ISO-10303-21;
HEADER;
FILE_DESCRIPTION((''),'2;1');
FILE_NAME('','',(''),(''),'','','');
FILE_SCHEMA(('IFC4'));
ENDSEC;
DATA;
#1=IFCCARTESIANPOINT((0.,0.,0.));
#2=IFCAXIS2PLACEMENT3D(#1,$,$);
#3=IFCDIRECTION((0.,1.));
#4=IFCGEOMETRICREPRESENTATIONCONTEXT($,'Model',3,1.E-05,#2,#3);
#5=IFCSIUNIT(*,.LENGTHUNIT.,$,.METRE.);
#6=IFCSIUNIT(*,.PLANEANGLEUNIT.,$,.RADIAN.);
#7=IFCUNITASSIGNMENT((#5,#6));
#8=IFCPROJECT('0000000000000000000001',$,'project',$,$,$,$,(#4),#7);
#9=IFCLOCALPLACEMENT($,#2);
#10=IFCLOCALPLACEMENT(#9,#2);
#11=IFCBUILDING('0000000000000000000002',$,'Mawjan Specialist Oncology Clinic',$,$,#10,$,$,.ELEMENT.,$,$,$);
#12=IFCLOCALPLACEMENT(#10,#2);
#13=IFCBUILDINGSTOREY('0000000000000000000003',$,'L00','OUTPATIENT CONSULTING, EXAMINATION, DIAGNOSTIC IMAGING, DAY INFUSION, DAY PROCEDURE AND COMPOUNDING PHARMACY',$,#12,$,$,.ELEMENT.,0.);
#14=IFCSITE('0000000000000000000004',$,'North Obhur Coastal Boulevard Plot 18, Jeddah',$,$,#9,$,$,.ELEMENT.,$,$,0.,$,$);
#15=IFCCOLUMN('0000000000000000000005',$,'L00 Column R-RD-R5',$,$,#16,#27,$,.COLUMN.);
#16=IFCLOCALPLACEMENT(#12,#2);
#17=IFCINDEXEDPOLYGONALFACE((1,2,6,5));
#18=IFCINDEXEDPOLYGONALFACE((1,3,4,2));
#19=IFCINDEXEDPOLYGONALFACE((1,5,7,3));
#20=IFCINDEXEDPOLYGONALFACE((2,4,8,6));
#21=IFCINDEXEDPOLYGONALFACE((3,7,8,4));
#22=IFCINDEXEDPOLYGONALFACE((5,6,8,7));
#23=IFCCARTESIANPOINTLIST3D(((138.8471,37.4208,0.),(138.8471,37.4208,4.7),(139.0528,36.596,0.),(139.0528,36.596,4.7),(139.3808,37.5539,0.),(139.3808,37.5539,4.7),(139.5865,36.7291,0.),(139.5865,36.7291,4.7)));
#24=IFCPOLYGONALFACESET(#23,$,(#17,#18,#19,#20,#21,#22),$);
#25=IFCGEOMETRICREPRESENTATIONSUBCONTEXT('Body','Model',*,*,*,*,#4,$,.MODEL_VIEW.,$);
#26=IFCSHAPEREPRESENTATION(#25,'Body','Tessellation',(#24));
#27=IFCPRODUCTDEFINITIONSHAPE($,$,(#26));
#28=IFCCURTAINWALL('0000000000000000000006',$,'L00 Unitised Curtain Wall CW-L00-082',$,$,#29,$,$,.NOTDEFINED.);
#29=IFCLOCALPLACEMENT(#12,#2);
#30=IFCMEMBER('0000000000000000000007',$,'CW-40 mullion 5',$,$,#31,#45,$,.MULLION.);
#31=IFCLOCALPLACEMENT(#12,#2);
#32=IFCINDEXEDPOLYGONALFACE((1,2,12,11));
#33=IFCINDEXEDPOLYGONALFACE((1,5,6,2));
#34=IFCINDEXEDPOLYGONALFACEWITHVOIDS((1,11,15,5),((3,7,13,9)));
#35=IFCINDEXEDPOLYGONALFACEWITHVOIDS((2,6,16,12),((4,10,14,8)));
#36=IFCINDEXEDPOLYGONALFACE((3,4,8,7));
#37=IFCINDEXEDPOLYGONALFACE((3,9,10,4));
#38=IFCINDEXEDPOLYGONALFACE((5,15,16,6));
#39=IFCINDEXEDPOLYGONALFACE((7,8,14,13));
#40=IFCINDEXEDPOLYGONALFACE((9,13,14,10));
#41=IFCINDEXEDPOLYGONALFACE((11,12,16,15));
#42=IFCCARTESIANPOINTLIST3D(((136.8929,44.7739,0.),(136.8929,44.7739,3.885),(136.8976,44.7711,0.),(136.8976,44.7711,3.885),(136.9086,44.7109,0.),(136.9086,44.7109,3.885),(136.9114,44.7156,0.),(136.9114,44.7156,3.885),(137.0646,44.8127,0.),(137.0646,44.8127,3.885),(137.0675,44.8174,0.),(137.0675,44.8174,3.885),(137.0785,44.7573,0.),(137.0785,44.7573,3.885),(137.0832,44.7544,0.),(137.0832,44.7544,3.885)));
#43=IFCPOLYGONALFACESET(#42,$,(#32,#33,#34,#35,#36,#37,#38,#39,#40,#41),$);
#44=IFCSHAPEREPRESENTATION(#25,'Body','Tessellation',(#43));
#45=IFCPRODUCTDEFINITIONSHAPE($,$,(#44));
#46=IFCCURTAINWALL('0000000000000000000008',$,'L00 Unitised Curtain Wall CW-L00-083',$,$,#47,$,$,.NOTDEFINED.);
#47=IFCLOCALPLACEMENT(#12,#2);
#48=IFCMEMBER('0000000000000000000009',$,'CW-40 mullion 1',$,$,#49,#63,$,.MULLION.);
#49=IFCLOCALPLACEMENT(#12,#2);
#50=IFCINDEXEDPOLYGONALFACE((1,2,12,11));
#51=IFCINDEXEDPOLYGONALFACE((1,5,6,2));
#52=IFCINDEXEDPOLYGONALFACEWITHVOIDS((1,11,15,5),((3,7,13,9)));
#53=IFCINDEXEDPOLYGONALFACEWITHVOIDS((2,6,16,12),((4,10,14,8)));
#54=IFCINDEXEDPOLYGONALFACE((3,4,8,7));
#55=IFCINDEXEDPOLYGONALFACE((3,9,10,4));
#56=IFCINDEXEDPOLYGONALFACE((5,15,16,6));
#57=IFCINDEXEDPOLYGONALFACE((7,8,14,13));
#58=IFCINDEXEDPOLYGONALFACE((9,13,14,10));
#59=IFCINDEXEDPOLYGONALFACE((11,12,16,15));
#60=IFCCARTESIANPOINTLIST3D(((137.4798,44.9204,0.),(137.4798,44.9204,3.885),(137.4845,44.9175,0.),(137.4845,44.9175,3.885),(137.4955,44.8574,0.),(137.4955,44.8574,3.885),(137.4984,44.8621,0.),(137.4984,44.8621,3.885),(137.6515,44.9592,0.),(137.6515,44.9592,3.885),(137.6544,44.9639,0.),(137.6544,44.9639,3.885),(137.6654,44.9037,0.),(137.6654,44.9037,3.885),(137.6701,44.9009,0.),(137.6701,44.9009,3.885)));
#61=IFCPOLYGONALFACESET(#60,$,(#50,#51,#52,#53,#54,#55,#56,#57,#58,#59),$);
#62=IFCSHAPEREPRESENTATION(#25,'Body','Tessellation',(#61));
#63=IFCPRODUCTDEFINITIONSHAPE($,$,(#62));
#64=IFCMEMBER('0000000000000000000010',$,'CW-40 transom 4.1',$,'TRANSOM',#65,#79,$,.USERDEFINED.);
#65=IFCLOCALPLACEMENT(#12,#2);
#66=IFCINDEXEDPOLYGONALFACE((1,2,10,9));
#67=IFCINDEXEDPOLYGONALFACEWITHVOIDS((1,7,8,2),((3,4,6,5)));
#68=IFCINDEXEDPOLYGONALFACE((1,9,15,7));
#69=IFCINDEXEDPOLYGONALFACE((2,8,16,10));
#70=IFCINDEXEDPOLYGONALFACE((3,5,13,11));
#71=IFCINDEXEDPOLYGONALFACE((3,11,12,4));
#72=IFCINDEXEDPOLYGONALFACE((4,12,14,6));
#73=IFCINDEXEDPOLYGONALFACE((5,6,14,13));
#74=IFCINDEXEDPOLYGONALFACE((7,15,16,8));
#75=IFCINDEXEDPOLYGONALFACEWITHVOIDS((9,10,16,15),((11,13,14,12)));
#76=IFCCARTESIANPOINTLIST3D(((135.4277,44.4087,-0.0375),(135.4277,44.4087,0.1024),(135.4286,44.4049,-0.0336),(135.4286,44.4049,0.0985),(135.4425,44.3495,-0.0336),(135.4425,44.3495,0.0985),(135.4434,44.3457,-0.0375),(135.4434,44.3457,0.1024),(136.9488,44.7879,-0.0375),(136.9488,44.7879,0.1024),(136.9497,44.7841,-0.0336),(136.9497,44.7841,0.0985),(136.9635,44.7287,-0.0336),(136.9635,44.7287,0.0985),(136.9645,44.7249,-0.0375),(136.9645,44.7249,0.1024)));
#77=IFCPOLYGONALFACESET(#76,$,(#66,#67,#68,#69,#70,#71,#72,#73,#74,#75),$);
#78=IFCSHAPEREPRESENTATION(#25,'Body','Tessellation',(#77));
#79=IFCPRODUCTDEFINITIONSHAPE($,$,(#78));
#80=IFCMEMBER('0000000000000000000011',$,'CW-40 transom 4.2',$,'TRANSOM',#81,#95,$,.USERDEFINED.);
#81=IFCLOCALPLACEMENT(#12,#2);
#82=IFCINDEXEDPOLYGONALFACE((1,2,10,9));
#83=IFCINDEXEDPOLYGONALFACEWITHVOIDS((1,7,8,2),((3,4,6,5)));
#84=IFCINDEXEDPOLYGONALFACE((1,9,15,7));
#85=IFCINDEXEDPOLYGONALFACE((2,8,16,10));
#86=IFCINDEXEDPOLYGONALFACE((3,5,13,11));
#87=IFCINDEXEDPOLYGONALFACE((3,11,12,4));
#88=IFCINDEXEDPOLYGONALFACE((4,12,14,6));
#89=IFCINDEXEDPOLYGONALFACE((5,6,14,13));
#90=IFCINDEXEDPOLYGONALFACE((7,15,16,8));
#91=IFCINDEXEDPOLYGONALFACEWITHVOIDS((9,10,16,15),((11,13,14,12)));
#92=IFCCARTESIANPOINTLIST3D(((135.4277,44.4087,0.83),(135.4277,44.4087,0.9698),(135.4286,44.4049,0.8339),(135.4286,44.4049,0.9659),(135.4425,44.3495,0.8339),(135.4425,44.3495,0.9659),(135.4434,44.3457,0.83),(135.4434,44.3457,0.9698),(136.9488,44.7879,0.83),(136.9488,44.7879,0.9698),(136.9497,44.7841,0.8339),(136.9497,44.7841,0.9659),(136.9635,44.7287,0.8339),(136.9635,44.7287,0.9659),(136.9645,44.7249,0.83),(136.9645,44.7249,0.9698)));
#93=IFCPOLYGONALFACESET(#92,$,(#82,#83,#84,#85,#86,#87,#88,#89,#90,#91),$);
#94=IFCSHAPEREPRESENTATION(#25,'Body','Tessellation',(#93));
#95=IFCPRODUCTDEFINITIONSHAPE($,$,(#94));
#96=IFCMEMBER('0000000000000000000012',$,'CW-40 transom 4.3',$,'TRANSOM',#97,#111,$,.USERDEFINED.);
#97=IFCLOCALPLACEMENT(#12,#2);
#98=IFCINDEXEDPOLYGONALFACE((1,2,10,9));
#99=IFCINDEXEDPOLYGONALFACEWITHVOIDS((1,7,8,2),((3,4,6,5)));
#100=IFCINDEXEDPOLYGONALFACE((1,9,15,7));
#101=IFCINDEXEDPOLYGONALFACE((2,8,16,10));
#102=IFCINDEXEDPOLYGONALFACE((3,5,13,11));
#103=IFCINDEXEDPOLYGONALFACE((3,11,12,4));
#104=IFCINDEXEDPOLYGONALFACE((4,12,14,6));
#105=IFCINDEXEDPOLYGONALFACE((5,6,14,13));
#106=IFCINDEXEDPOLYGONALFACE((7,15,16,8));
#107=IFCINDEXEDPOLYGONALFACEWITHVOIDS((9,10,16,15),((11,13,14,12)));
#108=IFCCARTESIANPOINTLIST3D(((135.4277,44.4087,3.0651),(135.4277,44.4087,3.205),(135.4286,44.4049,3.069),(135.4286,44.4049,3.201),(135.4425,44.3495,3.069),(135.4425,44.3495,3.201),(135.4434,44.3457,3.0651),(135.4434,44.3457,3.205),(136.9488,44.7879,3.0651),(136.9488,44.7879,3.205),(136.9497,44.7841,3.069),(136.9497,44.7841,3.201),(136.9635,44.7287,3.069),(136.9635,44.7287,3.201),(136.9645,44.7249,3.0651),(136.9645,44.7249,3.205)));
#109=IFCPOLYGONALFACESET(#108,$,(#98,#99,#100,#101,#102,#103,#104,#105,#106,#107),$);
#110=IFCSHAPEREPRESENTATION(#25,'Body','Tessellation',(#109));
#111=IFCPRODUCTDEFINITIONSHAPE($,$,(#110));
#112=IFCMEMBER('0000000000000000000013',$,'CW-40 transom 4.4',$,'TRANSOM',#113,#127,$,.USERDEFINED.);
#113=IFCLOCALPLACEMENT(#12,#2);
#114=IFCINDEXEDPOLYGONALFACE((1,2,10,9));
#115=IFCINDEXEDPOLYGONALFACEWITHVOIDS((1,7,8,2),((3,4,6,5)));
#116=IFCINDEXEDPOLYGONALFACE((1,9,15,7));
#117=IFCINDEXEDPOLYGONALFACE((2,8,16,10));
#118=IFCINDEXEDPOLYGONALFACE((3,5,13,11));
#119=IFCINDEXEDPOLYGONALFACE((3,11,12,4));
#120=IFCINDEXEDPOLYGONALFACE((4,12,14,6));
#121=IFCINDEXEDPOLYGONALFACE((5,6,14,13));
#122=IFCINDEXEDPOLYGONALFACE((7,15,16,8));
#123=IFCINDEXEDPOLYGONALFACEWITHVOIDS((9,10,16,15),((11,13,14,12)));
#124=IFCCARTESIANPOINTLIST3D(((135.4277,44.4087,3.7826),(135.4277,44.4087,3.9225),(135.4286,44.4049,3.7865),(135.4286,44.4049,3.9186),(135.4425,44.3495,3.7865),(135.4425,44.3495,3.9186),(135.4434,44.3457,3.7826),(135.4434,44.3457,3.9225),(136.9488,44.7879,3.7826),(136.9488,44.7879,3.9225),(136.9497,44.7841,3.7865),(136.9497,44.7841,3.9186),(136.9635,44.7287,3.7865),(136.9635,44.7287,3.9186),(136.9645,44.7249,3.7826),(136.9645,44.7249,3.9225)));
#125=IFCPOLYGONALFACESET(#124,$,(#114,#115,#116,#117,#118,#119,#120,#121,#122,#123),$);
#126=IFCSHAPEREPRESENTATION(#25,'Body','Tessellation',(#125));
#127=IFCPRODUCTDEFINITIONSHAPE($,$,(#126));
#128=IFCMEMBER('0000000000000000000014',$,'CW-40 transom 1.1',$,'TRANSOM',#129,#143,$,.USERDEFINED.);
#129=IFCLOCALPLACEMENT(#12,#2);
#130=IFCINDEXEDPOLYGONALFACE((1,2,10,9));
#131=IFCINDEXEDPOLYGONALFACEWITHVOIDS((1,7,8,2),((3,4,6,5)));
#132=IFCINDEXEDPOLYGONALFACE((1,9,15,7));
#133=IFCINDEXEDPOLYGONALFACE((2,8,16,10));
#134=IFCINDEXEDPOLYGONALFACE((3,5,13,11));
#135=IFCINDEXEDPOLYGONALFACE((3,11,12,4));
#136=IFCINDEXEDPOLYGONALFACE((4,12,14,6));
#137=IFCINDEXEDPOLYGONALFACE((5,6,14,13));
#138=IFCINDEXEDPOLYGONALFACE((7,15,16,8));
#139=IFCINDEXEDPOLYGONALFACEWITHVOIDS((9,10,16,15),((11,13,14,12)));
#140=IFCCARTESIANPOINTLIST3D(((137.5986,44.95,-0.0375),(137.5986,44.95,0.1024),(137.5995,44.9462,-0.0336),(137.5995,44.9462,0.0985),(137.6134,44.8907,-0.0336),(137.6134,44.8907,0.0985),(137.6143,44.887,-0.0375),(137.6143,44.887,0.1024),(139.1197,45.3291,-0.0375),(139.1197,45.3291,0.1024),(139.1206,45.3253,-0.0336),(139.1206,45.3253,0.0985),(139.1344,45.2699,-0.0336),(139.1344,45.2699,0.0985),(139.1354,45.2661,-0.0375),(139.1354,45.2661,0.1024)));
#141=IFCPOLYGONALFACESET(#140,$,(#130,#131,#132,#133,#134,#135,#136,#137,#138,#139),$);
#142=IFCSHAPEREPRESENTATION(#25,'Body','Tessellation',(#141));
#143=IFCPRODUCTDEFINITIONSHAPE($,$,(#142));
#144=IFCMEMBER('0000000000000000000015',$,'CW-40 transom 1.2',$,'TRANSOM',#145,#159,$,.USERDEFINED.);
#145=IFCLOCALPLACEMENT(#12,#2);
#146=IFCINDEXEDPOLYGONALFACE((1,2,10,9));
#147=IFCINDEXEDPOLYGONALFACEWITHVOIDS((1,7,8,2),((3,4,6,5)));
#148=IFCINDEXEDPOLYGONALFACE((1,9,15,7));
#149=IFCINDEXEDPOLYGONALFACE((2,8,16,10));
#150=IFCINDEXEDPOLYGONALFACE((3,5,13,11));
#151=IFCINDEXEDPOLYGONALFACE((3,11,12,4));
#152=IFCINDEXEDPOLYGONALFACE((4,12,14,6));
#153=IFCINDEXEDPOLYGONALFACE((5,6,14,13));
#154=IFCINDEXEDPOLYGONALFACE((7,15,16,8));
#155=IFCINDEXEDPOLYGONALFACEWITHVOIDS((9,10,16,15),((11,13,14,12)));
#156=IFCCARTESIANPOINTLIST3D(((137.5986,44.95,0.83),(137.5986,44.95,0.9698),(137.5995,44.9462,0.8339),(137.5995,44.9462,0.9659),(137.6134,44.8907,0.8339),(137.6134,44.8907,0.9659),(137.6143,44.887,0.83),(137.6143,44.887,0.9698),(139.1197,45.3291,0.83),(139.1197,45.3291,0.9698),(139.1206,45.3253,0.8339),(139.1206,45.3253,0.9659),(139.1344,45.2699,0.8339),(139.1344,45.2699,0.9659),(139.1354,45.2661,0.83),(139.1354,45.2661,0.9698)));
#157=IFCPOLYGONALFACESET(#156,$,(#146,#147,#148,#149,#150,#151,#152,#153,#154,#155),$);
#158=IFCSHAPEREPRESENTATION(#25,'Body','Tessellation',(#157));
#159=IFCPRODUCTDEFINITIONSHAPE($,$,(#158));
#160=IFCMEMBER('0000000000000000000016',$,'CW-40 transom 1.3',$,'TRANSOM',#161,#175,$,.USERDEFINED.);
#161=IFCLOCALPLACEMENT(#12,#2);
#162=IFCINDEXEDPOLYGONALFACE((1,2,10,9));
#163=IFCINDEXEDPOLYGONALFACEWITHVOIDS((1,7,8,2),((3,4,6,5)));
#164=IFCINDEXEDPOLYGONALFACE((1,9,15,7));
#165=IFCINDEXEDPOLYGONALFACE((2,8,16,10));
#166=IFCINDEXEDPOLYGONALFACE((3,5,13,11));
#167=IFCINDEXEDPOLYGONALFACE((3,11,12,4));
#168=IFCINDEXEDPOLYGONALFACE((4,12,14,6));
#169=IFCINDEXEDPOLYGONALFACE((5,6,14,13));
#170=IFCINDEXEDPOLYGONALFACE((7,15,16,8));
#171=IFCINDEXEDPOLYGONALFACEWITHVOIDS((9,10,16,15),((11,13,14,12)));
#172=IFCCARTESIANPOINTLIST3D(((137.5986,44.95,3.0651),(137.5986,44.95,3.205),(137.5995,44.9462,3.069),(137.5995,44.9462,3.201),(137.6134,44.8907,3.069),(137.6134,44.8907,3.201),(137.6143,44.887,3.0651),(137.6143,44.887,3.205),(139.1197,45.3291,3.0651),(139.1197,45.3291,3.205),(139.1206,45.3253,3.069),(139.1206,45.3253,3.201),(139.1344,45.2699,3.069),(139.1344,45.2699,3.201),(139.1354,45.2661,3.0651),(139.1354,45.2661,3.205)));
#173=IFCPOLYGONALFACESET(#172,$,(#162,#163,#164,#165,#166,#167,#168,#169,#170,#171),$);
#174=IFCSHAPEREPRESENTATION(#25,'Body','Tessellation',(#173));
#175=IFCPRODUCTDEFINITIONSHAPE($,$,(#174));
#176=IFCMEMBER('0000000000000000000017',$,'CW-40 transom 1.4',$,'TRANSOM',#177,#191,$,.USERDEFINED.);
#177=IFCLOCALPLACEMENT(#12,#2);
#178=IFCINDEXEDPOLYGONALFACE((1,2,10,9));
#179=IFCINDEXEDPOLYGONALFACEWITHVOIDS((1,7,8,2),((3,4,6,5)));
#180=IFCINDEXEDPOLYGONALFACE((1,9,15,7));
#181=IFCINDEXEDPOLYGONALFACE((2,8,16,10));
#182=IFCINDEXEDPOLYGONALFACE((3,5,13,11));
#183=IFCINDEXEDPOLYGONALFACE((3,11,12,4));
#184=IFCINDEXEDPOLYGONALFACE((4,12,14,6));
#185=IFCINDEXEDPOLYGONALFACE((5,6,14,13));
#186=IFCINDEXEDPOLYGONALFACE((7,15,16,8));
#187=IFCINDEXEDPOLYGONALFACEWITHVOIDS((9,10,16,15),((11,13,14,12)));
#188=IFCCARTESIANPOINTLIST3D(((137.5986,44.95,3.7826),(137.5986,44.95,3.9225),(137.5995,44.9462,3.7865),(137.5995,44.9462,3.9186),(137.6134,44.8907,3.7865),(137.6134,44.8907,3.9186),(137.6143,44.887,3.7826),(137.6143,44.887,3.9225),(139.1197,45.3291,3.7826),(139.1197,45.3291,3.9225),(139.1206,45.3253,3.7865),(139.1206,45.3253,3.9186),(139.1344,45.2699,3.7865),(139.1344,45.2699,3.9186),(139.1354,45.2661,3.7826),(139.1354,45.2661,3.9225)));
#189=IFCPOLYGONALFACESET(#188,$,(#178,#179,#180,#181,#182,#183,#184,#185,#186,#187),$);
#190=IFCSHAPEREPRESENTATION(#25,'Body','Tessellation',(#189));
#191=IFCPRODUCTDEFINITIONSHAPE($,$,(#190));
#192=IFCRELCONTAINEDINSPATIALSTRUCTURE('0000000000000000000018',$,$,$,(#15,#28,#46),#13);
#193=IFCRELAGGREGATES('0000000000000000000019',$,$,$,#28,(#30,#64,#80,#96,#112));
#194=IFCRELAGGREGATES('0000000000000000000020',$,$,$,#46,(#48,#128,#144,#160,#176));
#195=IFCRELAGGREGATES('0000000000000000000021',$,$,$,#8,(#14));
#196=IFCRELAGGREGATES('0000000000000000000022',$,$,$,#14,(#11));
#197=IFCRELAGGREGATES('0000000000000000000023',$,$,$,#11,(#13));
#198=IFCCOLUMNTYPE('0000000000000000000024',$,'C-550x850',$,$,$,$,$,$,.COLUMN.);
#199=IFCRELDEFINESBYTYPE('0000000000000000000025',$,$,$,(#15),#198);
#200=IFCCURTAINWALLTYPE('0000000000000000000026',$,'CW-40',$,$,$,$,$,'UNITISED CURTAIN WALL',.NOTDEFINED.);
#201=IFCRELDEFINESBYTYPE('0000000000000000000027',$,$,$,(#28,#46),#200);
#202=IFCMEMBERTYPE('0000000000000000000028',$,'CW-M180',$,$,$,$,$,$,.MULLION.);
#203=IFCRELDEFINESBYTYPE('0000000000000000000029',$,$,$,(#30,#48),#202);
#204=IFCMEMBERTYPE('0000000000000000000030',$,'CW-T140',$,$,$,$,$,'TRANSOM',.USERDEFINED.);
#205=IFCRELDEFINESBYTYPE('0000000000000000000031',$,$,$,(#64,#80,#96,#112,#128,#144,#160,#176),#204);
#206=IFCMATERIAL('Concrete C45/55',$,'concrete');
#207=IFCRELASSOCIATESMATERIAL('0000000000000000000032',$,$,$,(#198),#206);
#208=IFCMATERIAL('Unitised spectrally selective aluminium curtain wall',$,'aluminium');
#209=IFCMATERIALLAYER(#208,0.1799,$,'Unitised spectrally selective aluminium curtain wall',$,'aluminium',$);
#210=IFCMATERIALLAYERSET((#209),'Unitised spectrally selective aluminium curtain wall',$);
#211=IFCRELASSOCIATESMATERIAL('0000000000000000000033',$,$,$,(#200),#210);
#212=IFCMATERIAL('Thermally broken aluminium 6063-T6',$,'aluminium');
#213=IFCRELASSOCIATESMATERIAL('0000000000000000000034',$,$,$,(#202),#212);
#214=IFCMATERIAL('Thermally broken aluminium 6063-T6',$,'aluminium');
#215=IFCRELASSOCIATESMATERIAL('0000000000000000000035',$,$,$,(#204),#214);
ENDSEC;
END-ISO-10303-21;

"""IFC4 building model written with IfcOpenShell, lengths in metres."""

from ifc_helpers import new_model, si_unit, direction, frame, origin, origin_2d, place, context, subcontext, project, spatial, rectangle, hollow_rectangle, extrude, material, layer, layer_set, material_profile, profile_set, type_object, element, aggregate, save


model = new_model("IFC4")

# Units and contexts
model_context = context("Model", 3, precision=1e-05, world=origin(), true_north=direction((0.0, 1.0)))
body_context = subcontext(model_context, "Body", "Model", "MODEL_VIEW")
ifc_project = project(units=[si_unit("LENGTHUNIT", "METRE"), si_unit("PLANEANGLEUNIT", "RADIAN")], contexts=[model_context])

# Site, building, storey
site_placement = place(None, origin())
site = spatial("IfcSite", under=ifc_project, at=site_placement, Name="North Obhur Coastal Boulevard Plot 18, Jeddah", CompositionType="ELEMENT", RefElevation=0.0)
building_placement = place(site_placement, origin())
building = spatial("IfcBuilding", under=site, at=building_placement, Name="Mawjan Specialist Oncology Clinic", CompositionType="ELEMENT")
storey_placement = place(building_placement, origin())
storey = spatial("IfcBuildingStorey", under=building, at=storey_placement, Name="L00", Description="OUTPATIENT CONSULTING, EXAMINATION, DIAGNOSTIC IMAGING, DAY INFUSION, DAY PROCEDURE AND COMPOUNDING PHARMACY", CompositionType="ELEMENT", Elevation=0.0)

# Column
ifc_material_1 = material(Name="Concrete C45/55", Category="concrete")
ifc_material_profile_1 = material_profile(ifc_material_1, rectangle(XDim=0.55, YDim=0.8501, at=origin_2d()), Name="RC COL 550x850", Category="concrete")
ifc_profile_set_1 = profile_set([ifc_material_profile_1], Name="Concrete C45/55")
column_type_1 = type_object("IfcColumnType", Name="C-550x850", PredefinedType="COLUMN", material=ifc_profile_set_1)
column_1_placement = place(storey_placement, frame((139.2168, 37.075, 0.0), z_axis=(0.0, 0.0, 1.0), x_axis=(0.970296, 0.241922, 0.0)))
element("IfcColumn", 1, at=column_1_placement, inside=storey, type_object=column_type_1, Name="L00 Column R-RD-R5", PredefinedType="COLUMN", context=body_context, shape_type="SweptSolid", body=[
    extrude(rectangle(XDim=0.55, YDim=0.8501, at=origin_2d()), origin(), (0.0, 0.0, 1.0), 4.7),
])

# Curtain walls, members
ifc_material_2 = material(Name="Unitised spectrally selective aluminium curtain wall", Category="aluminium")
ifc_layer_1 = layer(ifc_material_2, 0.1799, Name="Unitised spectrally selective aluminium curtain wall", Category="aluminium")
ifc_layer_set_1 = layer_set([ifc_layer_1], Name="Unitised spectrally selective aluminium curtain wall")
curtain_wall_type = type_object("IfcCurtainWallType", Name="CW-40", ElementType="UNITISED CURTAIN WALL", PredefinedType="NOTDEFINED", material=ifc_layer_set_1)
curtain_wall_1_placement = place(storey_placement, origin())
curtain_wall_1 = element("IfcCurtainWall", 2, at=curtain_wall_1_placement, inside=storey, type_object=curtain_wall_type, Name="L00 Unitised Curtain Wall CW-L00-082", PredefinedType="NOTDEFINED")
ifc_material_3 = material(Name="Thermally broken aluminium 6063-T6", Category="aluminium")
ifc_material_profile_2 = material_profile(ifc_material_3, hollow_rectangle(XDim=0.0649, YDim=0.1799, WallThickness=0.0039, at=origin_2d()), Name="ALU MULLION 180x65x4", Category="aluminium")
ifc_profile_set_2 = profile_set([ifc_material_profile_2], Name="Thermally broken aluminium 6063-T6")
member_type_1 = type_object("IfcMemberType", Name="CW-M180", PredefinedType="MULLION", material=ifc_profile_set_2)
member_1_placement = place(storey_placement, frame((136.988, 44.7642, 0.0), z_axis=(0.0, 0.0, 1.0), x_axis=(-0.241922, 0.970296, 0.0)))
member_1 = element("IfcMember", 3, at=member_1_placement, type_object=member_type_1, Name="CW-40 mullion 5", PredefinedType="MULLION", context=body_context, shape_type="SweptSolid", body=[
    extrude(hollow_rectangle(XDim=0.0649, YDim=0.1799, WallThickness=0.0039, at=origin_2d()), origin(), (0.0, 0.0, 1.0), 3.885),
])
curtain_wall_2_placement = place(storey_placement, origin())
curtain_wall_2 = element("IfcCurtainWall", 4, at=curtain_wall_2_placement, inside=storey, type_object=curtain_wall_type, Name="L00 Unitised Curtain Wall CW-L00-083", PredefinedType="NOTDEFINED")
member_2_placement = place(storey_placement, frame((137.575, 44.9106, 0.0), z_axis=(0.0, 0.0, 1.0), x_axis=(-0.241922, 0.970296, 0.0)))
member_2 = element("IfcMember", 5, at=member_2_placement, type_object=member_type_1, Name="CW-40 mullion 1", PredefinedType="MULLION", context=body_context, shape_type="SweptSolid", body=[
    extrude(hollow_rectangle(XDim=0.0649, YDim=0.1799, WallThickness=0.0039, at=origin_2d()), origin(), (0.0, 0.0, 1.0), 3.885),
])

# Members
ifc_material_4 = material(Name="Thermally broken aluminium 6063-T6", Category="aluminium")
ifc_material_profile_3 = material_profile(ifc_material_4, hollow_rectangle(XDim=0.0649, YDim=0.1399, WallThickness=0.0039, at=origin_2d()), Name="ALU TRANSOM 140x65x4", Category="aluminium")
ifc_profile_set_3 = profile_set([ifc_material_profile_3], Name="Thermally broken aluminium 6063-T6")
member_type_2 = type_object("IfcMemberType", Name="CW-T140", ElementType="TRANSOM", PredefinedType="USERDEFINED", material=ifc_profile_set_3)
member_3_placement = place(storey_placement, frame((135.4355, 44.3772, 0.0325), z_axis=(0.970307, 0.241876, 0.0), x_axis=(-0.241876, 0.970307, 0.0)))
member_3 = element("IfcMember", 6, at=member_3_placement, type_object=member_type_2, Name="CW-40 transom 4.1", ObjectType="TRANSOM", PredefinedType="USERDEFINED", context=body_context, shape_type="SweptSolid", body=[
    extrude(hollow_rectangle(XDim=0.0649, YDim=0.1399, WallThickness=0.0039, at=origin_2d()), origin(), (0.0, 0.0, 1.0), 1.5676),
])
member_4_placement = place(storey_placement, frame((135.4355, 44.3772, 0.8999), z_axis=(0.970307, 0.241876, 0.0), x_axis=(-0.241876, 0.970307, 0.0)))
member_4 = element("IfcMember", 7, at=member_4_placement, type_object=member_type_2, Name="CW-40 transom 4.2", ObjectType="TRANSOM", PredefinedType="USERDEFINED", context=body_context, shape_type="SweptSolid", body=[
    extrude(hollow_rectangle(XDim=0.0649, YDim=0.1399, WallThickness=0.0039, at=origin_2d()), origin(), (0.0, 0.0, 1.0), 1.5676),
])
member_5_placement = place(storey_placement, frame((135.4355, 44.3772, 3.135), z_axis=(0.970307, 0.241876, 0.0), x_axis=(-0.241876, 0.970307, 0.0)))
member_5 = element("IfcMember", 8, at=member_5_placement, type_object=member_type_2, Name="CW-40 transom 4.3", ObjectType="TRANSOM", PredefinedType="USERDEFINED", context=body_context, shape_type="SweptSolid", body=[
    extrude(hollow_rectangle(XDim=0.0649, YDim=0.1399, WallThickness=0.0039, at=origin_2d()), origin(), (0.0, 0.0, 1.0), 1.5676),
])
member_6_placement = place(storey_placement, frame((135.4355, 44.3772, 3.8525), z_axis=(0.970307, 0.241876, 0.0), x_axis=(-0.241876, 0.970307, 0.0)))
member_6 = element("IfcMember", 9, at=member_6_placement, type_object=member_type_2, Name="CW-40 transom 4.4", ObjectType="TRANSOM", PredefinedType="USERDEFINED", context=body_context, shape_type="SweptSolid", body=[
    extrude(hollow_rectangle(XDim=0.0649, YDim=0.1399, WallThickness=0.0039, at=origin_2d()), origin(), (0.0, 0.0, 1.0), 1.5676),
])
member_7_placement = place(storey_placement, frame((137.6064, 44.9185, 0.0325), z_axis=(0.970307, 0.241876, 0.0), x_axis=(-0.241876, 0.970307, 0.0)))
member_7 = element("IfcMember", 10, at=member_7_placement, type_object=member_type_2, Name="CW-40 transom 1.1", ObjectType="TRANSOM", PredefinedType="USERDEFINED", context=body_context, shape_type="SweptSolid", body=[
    extrude(hollow_rectangle(XDim=0.0649, YDim=0.1399, WallThickness=0.0039, at=origin_2d()), origin(), (0.0, 0.0, 1.0), 1.5676),
])
member_8_placement = place(storey_placement, frame((137.6064, 44.9185, 0.8999), z_axis=(0.970307, 0.241876, 0.0), x_axis=(-0.241876, 0.970307, 0.0)))
member_8 = element("IfcMember", 11, at=member_8_placement, type_object=member_type_2, Name="CW-40 transom 1.2", ObjectType="TRANSOM", PredefinedType="USERDEFINED", context=body_context, shape_type="SweptSolid", body=[
    extrude(hollow_rectangle(XDim=0.0649, YDim=0.1399, WallThickness=0.0039, at=origin_2d()), origin(), (0.0, 0.0, 1.0), 1.5676),
])
member_9_placement = place(storey_placement, frame((137.6064, 44.9185, 3.135), z_axis=(0.970307, 0.241876, 0.0), x_axis=(-0.241876, 0.970307, 0.0)))
member_9 = element("IfcMember", 12, at=member_9_placement, type_object=member_type_2, Name="CW-40 transom 1.3", ObjectType="TRANSOM", PredefinedType="USERDEFINED", context=body_context, shape_type="SweptSolid", body=[
    extrude(hollow_rectangle(XDim=0.0649, YDim=0.1399, WallThickness=0.0039, at=origin_2d()), origin(), (0.0, 0.0, 1.0), 1.5676),
])
member_10_placement = place(storey_placement, frame((137.6064, 44.9185, 3.8525), z_axis=(0.970307, 0.241876, 0.0), x_axis=(-0.241876, 0.970307, 0.0)))
member_10 = element("IfcMember", 13, at=member_10_placement, type_object=member_type_2, Name="CW-40 transom 1.4", ObjectType="TRANSOM", PredefinedType="USERDEFINED", context=body_context, shape_type="SweptSolid", body=[
    extrude(hollow_rectangle(XDim=0.0649, YDim=0.1399, WallThickness=0.0039, at=origin_2d()), origin(), (0.0, 0.0, 1.0), 1.5676),
])

aggregate(curtain_wall_1, [member_1, member_3, member_4, member_5, member_6])
aggregate(curtain_wall_2, [member_2, member_7, member_8, member_9, member_10])

save(model, "model.ifc")
